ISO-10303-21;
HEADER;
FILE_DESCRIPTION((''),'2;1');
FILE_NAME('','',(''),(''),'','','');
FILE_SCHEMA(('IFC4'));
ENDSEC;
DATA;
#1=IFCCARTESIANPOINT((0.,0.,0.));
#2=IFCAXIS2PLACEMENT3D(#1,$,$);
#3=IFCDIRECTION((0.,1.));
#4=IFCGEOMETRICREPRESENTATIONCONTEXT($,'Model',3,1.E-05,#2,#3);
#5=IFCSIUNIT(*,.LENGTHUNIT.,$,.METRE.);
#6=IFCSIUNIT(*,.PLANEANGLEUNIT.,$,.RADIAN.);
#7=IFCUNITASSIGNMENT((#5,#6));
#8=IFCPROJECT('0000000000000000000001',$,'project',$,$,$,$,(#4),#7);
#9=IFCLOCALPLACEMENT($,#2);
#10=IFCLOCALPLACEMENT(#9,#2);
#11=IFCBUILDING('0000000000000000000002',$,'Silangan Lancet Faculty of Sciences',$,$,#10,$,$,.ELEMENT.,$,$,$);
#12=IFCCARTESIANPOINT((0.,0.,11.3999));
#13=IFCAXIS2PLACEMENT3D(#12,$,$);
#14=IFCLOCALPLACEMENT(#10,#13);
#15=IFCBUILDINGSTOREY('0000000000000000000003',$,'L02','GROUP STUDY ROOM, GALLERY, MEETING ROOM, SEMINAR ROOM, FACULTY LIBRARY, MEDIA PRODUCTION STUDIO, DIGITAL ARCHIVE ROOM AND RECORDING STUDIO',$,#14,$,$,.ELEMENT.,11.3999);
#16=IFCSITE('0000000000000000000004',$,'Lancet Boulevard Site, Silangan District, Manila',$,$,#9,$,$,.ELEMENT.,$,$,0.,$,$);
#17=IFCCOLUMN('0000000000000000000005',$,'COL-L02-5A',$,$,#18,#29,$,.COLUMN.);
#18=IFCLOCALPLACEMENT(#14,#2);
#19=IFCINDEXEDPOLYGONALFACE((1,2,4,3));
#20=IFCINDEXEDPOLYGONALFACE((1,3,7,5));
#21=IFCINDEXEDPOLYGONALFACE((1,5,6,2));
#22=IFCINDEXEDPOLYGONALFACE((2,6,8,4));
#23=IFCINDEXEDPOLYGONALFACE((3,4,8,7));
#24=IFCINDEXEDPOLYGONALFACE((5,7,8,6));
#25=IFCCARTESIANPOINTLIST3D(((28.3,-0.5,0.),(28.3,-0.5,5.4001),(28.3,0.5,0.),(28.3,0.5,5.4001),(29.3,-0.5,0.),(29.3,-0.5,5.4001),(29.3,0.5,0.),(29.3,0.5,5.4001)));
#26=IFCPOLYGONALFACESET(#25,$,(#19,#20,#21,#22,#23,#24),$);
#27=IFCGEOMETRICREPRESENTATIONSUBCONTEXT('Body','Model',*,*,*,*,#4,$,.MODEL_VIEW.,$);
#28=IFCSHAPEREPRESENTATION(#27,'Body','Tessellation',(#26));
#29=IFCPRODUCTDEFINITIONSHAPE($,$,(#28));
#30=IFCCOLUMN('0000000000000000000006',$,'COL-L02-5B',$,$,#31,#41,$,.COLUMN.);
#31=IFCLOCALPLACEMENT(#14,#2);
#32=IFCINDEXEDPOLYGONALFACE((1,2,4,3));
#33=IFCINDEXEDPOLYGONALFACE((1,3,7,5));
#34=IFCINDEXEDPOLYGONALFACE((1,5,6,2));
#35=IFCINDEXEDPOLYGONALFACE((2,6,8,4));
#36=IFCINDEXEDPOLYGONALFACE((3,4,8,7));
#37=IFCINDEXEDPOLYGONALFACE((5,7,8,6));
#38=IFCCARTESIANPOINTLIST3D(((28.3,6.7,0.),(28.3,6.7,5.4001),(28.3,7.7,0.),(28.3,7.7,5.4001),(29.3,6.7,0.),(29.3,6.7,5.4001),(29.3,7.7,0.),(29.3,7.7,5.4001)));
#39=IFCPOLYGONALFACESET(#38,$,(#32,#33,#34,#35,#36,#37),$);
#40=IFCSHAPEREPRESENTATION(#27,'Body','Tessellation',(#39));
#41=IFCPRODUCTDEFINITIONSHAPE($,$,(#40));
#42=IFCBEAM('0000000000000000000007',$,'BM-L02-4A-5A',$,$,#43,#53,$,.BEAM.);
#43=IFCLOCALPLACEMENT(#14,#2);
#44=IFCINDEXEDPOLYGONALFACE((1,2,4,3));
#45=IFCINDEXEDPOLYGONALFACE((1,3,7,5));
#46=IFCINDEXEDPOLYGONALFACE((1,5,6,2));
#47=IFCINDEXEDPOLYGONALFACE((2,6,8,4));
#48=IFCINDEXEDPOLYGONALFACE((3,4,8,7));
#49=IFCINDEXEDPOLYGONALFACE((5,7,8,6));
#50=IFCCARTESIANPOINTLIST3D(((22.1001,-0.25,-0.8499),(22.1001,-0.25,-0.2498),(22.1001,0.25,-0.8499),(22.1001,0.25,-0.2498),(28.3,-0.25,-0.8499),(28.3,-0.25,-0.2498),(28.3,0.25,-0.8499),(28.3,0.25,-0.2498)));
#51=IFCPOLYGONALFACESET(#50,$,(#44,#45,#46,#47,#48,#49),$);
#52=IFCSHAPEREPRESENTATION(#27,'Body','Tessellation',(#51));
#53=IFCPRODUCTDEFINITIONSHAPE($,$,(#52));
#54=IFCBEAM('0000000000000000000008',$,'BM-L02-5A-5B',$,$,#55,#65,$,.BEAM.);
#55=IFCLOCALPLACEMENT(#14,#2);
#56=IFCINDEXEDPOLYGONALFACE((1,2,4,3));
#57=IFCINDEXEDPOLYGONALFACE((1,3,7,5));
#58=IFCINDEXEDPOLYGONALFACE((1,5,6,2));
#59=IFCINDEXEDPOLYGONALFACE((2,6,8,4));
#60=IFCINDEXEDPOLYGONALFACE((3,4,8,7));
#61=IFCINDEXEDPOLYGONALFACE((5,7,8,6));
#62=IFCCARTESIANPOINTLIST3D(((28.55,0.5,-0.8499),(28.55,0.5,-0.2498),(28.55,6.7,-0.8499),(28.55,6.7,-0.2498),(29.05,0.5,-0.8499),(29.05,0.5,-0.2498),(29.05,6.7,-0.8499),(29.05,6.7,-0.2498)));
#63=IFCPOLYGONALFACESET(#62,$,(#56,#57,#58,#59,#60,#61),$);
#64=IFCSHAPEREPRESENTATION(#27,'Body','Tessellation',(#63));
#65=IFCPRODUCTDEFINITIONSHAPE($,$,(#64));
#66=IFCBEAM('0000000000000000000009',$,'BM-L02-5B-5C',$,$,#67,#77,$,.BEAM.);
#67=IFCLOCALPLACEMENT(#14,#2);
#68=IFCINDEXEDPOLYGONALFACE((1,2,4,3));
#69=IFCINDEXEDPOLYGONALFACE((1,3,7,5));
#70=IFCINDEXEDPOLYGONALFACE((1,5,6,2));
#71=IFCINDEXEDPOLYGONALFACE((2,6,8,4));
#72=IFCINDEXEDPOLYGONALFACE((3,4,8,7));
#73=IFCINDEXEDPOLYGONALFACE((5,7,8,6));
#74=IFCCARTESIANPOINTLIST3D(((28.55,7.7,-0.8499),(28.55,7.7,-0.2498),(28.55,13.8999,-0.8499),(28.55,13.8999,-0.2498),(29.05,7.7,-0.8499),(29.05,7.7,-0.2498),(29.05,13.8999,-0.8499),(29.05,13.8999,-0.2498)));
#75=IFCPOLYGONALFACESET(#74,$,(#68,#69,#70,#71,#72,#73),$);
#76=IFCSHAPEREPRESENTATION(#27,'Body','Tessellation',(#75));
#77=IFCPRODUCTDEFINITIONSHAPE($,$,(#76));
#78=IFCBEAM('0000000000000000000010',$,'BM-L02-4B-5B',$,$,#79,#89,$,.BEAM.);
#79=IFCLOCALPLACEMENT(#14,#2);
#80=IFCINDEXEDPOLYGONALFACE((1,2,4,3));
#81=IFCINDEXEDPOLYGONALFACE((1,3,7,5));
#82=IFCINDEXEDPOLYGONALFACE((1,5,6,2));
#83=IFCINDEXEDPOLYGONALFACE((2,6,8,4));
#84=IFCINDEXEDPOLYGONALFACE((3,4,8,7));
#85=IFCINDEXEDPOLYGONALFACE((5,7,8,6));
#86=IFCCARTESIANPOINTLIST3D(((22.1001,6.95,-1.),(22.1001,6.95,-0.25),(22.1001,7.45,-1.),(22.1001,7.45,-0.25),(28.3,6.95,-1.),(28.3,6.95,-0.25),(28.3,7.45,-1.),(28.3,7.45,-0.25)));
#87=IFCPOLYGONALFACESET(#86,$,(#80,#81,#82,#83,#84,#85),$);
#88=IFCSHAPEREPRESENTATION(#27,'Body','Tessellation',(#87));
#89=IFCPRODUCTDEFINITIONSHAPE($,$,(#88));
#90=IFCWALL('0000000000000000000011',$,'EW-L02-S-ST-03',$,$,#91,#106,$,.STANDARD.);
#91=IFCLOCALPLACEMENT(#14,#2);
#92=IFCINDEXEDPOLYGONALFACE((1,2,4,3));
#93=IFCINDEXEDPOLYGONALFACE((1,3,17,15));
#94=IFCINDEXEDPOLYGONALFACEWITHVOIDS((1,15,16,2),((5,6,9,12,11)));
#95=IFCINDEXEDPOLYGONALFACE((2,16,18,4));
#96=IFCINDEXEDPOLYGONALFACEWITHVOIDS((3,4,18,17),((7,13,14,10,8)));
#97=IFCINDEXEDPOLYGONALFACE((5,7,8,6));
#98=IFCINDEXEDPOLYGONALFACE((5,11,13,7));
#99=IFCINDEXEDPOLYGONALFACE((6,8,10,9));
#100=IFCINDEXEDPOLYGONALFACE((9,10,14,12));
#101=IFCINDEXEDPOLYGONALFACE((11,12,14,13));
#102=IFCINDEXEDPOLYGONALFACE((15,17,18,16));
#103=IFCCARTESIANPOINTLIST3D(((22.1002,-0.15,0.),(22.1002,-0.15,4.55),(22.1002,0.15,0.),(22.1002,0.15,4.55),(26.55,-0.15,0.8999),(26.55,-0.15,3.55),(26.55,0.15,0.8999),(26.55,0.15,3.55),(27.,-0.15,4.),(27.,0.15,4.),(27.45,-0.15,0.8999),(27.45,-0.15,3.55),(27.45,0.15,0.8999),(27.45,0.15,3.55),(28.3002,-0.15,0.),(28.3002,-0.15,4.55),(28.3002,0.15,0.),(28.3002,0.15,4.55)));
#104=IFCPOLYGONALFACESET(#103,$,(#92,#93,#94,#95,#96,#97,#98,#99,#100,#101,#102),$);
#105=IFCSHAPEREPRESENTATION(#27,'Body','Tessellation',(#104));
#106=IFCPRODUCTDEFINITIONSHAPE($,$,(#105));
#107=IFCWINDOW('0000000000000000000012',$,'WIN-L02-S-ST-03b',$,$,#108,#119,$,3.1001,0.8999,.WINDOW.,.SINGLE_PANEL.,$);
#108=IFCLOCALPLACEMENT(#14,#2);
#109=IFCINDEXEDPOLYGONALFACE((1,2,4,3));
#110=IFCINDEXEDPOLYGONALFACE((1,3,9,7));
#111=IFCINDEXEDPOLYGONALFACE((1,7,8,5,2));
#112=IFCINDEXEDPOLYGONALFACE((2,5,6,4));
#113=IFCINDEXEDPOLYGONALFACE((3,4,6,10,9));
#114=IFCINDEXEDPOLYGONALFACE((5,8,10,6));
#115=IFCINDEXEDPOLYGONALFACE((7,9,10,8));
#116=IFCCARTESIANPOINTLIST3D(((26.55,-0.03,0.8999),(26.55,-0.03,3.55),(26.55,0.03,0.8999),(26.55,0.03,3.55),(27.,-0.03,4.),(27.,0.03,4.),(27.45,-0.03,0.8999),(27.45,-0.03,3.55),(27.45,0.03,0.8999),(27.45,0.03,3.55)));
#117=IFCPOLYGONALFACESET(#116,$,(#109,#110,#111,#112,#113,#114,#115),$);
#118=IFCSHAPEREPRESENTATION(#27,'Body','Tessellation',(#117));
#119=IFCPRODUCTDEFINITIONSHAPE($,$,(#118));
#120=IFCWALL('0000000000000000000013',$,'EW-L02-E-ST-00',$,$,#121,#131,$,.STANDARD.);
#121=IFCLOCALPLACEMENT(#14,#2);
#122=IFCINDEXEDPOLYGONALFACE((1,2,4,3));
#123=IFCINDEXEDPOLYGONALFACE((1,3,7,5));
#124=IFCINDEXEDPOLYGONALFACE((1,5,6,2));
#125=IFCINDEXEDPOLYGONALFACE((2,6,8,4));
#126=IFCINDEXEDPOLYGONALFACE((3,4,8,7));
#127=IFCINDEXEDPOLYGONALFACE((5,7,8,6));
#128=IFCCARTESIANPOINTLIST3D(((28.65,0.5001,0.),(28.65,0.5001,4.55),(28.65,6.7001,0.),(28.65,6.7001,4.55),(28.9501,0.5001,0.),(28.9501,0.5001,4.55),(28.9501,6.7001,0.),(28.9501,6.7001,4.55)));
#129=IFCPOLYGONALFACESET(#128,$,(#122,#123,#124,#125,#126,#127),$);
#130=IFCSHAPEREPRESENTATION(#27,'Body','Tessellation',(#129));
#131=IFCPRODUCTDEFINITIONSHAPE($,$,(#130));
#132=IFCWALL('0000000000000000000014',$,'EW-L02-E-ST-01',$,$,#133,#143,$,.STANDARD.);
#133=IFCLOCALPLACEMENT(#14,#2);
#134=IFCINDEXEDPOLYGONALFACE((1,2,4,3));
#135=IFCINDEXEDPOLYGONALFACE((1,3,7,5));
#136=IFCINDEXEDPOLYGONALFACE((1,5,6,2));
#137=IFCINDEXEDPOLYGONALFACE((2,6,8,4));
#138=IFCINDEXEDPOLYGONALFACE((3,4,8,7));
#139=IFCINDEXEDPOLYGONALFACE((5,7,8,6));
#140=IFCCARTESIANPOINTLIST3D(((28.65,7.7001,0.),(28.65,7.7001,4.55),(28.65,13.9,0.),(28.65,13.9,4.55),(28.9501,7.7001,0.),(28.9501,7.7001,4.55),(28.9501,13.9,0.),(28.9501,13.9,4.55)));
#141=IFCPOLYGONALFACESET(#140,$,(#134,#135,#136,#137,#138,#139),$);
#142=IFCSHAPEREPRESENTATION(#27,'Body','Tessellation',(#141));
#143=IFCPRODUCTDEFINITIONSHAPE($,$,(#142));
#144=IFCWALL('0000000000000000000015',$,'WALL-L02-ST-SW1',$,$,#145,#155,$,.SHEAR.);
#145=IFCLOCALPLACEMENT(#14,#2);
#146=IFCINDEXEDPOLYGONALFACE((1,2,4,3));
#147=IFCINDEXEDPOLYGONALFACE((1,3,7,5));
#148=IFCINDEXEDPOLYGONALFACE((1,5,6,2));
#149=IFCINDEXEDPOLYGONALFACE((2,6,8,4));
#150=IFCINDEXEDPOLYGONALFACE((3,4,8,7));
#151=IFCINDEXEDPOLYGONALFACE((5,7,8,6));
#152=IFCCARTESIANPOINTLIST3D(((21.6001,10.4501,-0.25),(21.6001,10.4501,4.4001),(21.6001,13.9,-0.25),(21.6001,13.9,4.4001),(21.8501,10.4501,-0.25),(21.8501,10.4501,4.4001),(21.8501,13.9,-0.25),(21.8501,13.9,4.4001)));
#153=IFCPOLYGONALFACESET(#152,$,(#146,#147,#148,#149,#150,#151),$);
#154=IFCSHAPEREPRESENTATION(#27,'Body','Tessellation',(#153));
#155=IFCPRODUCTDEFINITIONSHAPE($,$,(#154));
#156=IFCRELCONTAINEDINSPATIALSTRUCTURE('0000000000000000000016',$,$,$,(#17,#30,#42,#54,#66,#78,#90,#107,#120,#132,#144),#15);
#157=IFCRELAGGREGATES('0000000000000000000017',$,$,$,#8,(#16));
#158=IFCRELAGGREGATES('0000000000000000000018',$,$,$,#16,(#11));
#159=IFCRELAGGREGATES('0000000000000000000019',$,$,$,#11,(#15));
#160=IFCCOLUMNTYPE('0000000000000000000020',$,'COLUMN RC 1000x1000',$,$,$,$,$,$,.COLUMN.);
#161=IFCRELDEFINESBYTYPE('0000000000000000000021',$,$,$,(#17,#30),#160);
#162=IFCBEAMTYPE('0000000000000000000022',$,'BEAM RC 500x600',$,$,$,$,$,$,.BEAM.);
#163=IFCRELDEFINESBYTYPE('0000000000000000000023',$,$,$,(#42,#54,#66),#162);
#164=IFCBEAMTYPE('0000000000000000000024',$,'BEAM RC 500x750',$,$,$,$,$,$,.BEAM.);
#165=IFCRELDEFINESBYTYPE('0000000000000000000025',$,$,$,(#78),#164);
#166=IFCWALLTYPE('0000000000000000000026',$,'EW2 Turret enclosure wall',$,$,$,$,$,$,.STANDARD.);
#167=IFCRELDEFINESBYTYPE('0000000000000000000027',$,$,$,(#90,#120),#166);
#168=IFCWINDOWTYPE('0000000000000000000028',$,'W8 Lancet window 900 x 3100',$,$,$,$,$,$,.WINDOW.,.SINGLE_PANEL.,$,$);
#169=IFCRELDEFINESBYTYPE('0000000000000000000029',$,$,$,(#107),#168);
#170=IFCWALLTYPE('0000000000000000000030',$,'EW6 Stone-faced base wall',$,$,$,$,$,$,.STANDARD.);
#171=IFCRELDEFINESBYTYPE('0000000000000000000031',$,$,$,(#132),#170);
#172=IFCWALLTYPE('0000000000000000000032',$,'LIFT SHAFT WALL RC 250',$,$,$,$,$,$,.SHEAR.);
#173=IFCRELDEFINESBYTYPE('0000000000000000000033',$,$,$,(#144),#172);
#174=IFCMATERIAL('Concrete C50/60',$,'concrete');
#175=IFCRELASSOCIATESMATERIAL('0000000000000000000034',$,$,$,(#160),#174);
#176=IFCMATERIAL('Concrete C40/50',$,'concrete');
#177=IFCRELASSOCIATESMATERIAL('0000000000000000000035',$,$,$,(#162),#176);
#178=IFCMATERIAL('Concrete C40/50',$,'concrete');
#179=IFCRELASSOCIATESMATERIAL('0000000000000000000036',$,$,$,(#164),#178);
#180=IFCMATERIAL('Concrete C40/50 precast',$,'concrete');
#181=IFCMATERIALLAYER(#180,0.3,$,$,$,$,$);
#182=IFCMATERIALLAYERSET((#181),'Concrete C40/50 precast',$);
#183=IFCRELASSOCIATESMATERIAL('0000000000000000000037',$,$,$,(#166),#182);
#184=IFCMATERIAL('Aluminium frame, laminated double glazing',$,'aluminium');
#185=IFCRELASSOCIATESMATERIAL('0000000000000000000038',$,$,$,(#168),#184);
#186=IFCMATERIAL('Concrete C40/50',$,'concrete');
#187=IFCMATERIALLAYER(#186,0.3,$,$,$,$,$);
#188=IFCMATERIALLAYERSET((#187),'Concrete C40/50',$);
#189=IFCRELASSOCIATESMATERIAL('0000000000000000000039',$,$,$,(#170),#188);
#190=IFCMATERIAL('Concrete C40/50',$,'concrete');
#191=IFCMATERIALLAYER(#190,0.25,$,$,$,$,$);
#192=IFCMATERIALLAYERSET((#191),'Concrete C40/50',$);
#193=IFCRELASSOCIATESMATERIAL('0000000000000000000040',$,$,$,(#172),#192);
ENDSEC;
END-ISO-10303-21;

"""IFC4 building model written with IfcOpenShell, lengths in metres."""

from ifc_helpers import new_model, si_unit, direction, frame, frame_2d, origin, origin_2d, place, context, subcontext, project, spatial, polyline, rectangle, outline, extrude, material, layer, layer_set, material_profile, profile_set, type_object, element, fill, save


model = new_model("IFC4")

# Units and contexts
model_context = context("Model", 3, precision=1e-05, world=origin(), true_north=direction((0.0, 1.0)))
body_context = subcontext(model_context, "Body", "Model", "MODEL_VIEW")
ifc_project = project(units=[si_unit("LENGTHUNIT", "METRE"), si_unit("PLANEANGLEUNIT", "RADIAN")], contexts=[model_context])

# Site, building, storey
site_placement = place(None, origin())
site = spatial("IfcSite", under=ifc_project, at=site_placement, Name="Lancet Boulevard Site, Silangan District, Manila", CompositionType="ELEMENT", RefElevation=0.0)
building_placement = place(site_placement, origin())
building = spatial("IfcBuilding", under=site, at=building_placement, Name="Silangan Lancet Faculty of Sciences", CompositionType="ELEMENT")
storey_placement = place(building_placement, frame((0.0, 0.0, 11.3999)))
storey = spatial("IfcBuildingStorey", under=building, at=storey_placement, Name="L02", Description="GROUP STUDY ROOM, GALLERY, MEETING ROOM, SEMINAR ROOM, FACULTY LIBRARY, MEDIA PRODUCTION STUDIO, DIGITAL ARCHIVE ROOM AND RECORDING STUDIO", CompositionType="ELEMENT", Elevation=11.3999)

# Columns
ifc_material_1 = material(Name="Concrete C50/60", Category="concrete")
ifc_material_profile_1 = material_profile(ifc_material_1, rectangle(XDim=1.0, YDim=1.0, at=origin_2d()), Name="RC 1000x1000")
ifc_profile_set_1 = profile_set([ifc_material_profile_1], Name="Concrete C50/60")
column_type = type_object("IfcColumnType", Name="COLUMN RC 1000x1000", PredefinedType="COLUMN", material=ifc_profile_set_1)
for number, where, z_axis, x_axis, name in (
    (1, (28.8, 0.0, 0.0), (0.0, 0.0, 1.0), (1.0, 0.0, 0.0), "COL-L02-5A"),
    (2, (28.8, 7.2, 0.0), (0.0, 0.0, 1.0), (1.0, 0.0, 0.0), "COL-L02-5B"),
):
    element("IfcColumn", number, at=place(storey_placement, frame(where, z_axis=z_axis, x_axis=x_axis)), inside=storey, type_object=column_type, Name=name, PredefinedType="COLUMN", context=body_context, shape_type="SweptSolid", body=[
        extrude(rectangle(XDim=1.0, YDim=1.0, at=origin_2d()), origin(), (0.0, 0.0, 1.0), 5.4001),
    ])

# Beams
ifc_material_2 = material(Name="Concrete C40/50", Category="concrete")
ifc_material_profile_2 = material_profile(ifc_material_2, rectangle(XDim=0.5, YDim=0.6001, at=origin_2d()), Name="RC 500x600")
ifc_profile_set_2 = profile_set([ifc_material_profile_2], Name="Concrete C40/50")
beam_type_1 = type_object("IfcBeamType", Name="BEAM RC 500x600", PredefinedType="BEAM", material=ifc_profile_set_2)
for number, where, z_axis, x_axis, name in (
    (3, (22.1001, 0.0, -0.5498), (1.0, 0.0, 0.0), (0.0, 1.0, 0.0), "BM-L02-4A-5A"),
    (4, (28.8, 0.5, -0.5498), (0.0, 1.0, 0.0), (-1.0, 0.0, 0.0), "BM-L02-5A-5B"),
    (5, (28.8, 7.7, -0.5498), (0.0, 1.0, 0.0), (-1.0, 0.0, 0.0), "BM-L02-5B-5C"),
):
    element("IfcBeam", number, at=place(storey_placement, frame(where, z_axis=z_axis, x_axis=x_axis)), inside=storey, type_object=beam_type_1, Name=name, PredefinedType="BEAM", context=body_context, shape_type="SweptSolid", body=[
        extrude(rectangle(XDim=0.5, YDim=0.6001, at=origin_2d()), origin(), (0.0, 0.0, 1.0), 6.2),
    ])
ifc_material_3 = material(Name="Concrete C40/50", Category="concrete")
ifc_material_profile_3 = material_profile(ifc_material_3, rectangle(XDim=0.5, YDim=0.75, at=origin_2d()), Name="RC 500x750")
ifc_profile_set_3 = profile_set([ifc_material_profile_3], Name="Concrete C40/50")
beam_type_2 = type_object("IfcBeamType", Name="BEAM RC 500x750", PredefinedType="BEAM", material=ifc_profile_set_3)
beam_placement = place(storey_placement, frame((22.1001, 7.2, -0.625), z_axis=(1.0, 0.0, 0.0), x_axis=(0.0, 1.0, 0.0)))
element("IfcBeam", 6, at=beam_placement, inside=storey, type_object=beam_type_2, Name="BM-L02-4B-5B", PredefinedType="BEAM", context=body_context, shape_type="SweptSolid", body=[
    extrude(rectangle(XDim=0.5, YDim=0.75, at=origin_2d()), origin(), (0.0, 0.0, 1.0), 6.2),
])

# Wall, opening, window
ifc_material_4 = material(Name="Concrete C40/50 precast", Category="concrete")
ifc_layer_1 = layer(ifc_material_4, 0.3)
ifc_layer_set_1 = layer_set([ifc_layer_1], Name="Concrete C40/50 precast")
wall_type_1 = type_object("IfcWallType", Name="EW2 Turret enclosure wall", PredefinedType="STANDARD", material=ifc_layer_set_1)
wall_1_placement = place(storey_placement, frame((22.1001, 0.0, 0.0), z_axis=(0.0, 0.0, 1.0), x_axis=(1.0, 0.0, 0.0)))
wall_1 = element("IfcWall", 7, at=wall_1_placement, inside=storey, type_object=wall_type_1, Name="EW-L02-S-ST-03", PredefinedType="STANDARD", context=body_context, shape_type="SweptSolid", body=[
    extrude(rectangle(XDim=6.2, YDim=0.3, at=frame_2d((3.1001, 0.0))), origin(), (0.0, 0.0, 1.0), 4.55),
])
opening_1_placement = place(wall_1_placement, frame((4.45, 0.0, 0.8999)))
opening_1 = element("IfcOpeningElement", 8, at=opening_1_placement, cuts=wall_1, PredefinedType="OPENING", context=body_context, shape_type="SweptSolid", body=[
    extrude(outline(polyline([(0.0, 0.0), (0.8999, 0.0), (0.8999, 2.6501), (0.45, 3.1001), (0.0, 2.6501), (0.0, 0.0)])), frame((0.0, 0.1599, 0.0), z_axis=(0.0, -1.0, 0.0), x_axis=(1.0, 0.0, 0.0)), (0.0, 0.0, 1.0), 0.3201),
])
ifc_material_5 = material(Name="Aluminium frame, laminated double glazing", Category="aluminium")
window_type = type_object("IfcWindowType", Name="W8 Lancet window 900 x 3100", PartitioningType="SINGLE_PANEL", PredefinedType="WINDOW", material=ifc_material_5)
window_placement = place(opening_1_placement, origin())
window = element("IfcWindow", 9, at=window_placement, inside=storey, type_object=window_type, Name="WIN-L02-S-ST-03b", OverallHeight=3.1001, OverallWidth=0.8999, PartitioningType="SINGLE_PANEL", PredefinedType="WINDOW", context=body_context, shape_type="SweptSolid", body=[
    extrude(outline(polyline([(0.0, 0.0), (0.8999, 0.0), (0.8999, 2.6501), (0.45, 3.1001), (0.0, 2.6501), (0.0, 0.0)])), frame((0.0, 0.03, 0.0), z_axis=(0.0, -1.0, 0.0), x_axis=(1.0, 0.0, 0.0)), (0.0, 0.0, 1.0), 0.0601),
])
fill(opening_1, window)

# Walls
wall_2_placement = place(storey_placement, frame((28.8, 0.5, 0.0), z_axis=(0.0, 0.0, 1.0), x_axis=(0.0, 1.0, 0.0)))
element("IfcWall", 10, at=wall_2_placement, inside=storey, type_object=wall_type_1, Name="EW-L02-E-ST-00", PredefinedType="STANDARD", context=body_context, shape_type="SweptSolid", body=[
    extrude(rectangle(XDim=6.2, YDim=0.3, at=frame_2d((3.1001, 0.0))), origin(), (0.0, 0.0, 1.0), 4.55),
])
ifc_material_6 = material(Name="Concrete C40/50", Category="concrete")
ifc_layer_2 = layer(ifc_material_6, 0.3)
ifc_layer_set_2 = layer_set([ifc_layer_2], Name="Concrete C40/50")
wall_type_2 = type_object("IfcWallType", Name="EW6 Stone-faced base wall", PredefinedType="STANDARD", material=ifc_layer_set_2)
wall_3_placement = place(storey_placement, frame((28.8, 7.7, 0.0), z_axis=(0.0, 0.0, 1.0), x_axis=(0.0, 1.0, 0.0)))
element("IfcWall", 11, at=wall_3_placement, inside=storey, type_object=wall_type_2, Name="EW-L02-E-ST-01", PredefinedType="STANDARD", context=body_context, shape_type="SweptSolid", body=[
    extrude(rectangle(XDim=6.2, YDim=0.3, at=frame_2d((3.1001, 0.0))), origin(), (0.0, 0.0, 1.0), 4.55),
])

# Wall
ifc_material_7 = material(Name="Concrete C40/50", Category="concrete")
ifc_layer_3 = layer(ifc_material_7, 0.25)
ifc_layer_set_3 = layer_set([ifc_layer_3], Name="Concrete C40/50")
wall_type_3 = type_object("IfcWallType", Name="LIFT SHAFT WALL RC 250", PredefinedType="SHEAR", material=ifc_layer_set_3)
wall_4_placement = place(storey_placement, frame((21.7251, 10.45, -0.25), z_axis=(0.0, 0.0, 1.0), x_axis=(0.0, 1.0, 0.0)))
element("IfcWall", 12, at=wall_4_placement, inside=storey, type_object=wall_type_3, Name="WALL-L02-ST-SW1", PredefinedType="SHEAR", context=body_context, shape_type="SweptSolid", body=[
    extrude(rectangle(XDim=3.45, YDim=0.25, at=frame_2d((1.7251, 0.0))), origin(), (0.0, 0.0, 1.0), 4.6501),
])

save(model, "model.ifc")
